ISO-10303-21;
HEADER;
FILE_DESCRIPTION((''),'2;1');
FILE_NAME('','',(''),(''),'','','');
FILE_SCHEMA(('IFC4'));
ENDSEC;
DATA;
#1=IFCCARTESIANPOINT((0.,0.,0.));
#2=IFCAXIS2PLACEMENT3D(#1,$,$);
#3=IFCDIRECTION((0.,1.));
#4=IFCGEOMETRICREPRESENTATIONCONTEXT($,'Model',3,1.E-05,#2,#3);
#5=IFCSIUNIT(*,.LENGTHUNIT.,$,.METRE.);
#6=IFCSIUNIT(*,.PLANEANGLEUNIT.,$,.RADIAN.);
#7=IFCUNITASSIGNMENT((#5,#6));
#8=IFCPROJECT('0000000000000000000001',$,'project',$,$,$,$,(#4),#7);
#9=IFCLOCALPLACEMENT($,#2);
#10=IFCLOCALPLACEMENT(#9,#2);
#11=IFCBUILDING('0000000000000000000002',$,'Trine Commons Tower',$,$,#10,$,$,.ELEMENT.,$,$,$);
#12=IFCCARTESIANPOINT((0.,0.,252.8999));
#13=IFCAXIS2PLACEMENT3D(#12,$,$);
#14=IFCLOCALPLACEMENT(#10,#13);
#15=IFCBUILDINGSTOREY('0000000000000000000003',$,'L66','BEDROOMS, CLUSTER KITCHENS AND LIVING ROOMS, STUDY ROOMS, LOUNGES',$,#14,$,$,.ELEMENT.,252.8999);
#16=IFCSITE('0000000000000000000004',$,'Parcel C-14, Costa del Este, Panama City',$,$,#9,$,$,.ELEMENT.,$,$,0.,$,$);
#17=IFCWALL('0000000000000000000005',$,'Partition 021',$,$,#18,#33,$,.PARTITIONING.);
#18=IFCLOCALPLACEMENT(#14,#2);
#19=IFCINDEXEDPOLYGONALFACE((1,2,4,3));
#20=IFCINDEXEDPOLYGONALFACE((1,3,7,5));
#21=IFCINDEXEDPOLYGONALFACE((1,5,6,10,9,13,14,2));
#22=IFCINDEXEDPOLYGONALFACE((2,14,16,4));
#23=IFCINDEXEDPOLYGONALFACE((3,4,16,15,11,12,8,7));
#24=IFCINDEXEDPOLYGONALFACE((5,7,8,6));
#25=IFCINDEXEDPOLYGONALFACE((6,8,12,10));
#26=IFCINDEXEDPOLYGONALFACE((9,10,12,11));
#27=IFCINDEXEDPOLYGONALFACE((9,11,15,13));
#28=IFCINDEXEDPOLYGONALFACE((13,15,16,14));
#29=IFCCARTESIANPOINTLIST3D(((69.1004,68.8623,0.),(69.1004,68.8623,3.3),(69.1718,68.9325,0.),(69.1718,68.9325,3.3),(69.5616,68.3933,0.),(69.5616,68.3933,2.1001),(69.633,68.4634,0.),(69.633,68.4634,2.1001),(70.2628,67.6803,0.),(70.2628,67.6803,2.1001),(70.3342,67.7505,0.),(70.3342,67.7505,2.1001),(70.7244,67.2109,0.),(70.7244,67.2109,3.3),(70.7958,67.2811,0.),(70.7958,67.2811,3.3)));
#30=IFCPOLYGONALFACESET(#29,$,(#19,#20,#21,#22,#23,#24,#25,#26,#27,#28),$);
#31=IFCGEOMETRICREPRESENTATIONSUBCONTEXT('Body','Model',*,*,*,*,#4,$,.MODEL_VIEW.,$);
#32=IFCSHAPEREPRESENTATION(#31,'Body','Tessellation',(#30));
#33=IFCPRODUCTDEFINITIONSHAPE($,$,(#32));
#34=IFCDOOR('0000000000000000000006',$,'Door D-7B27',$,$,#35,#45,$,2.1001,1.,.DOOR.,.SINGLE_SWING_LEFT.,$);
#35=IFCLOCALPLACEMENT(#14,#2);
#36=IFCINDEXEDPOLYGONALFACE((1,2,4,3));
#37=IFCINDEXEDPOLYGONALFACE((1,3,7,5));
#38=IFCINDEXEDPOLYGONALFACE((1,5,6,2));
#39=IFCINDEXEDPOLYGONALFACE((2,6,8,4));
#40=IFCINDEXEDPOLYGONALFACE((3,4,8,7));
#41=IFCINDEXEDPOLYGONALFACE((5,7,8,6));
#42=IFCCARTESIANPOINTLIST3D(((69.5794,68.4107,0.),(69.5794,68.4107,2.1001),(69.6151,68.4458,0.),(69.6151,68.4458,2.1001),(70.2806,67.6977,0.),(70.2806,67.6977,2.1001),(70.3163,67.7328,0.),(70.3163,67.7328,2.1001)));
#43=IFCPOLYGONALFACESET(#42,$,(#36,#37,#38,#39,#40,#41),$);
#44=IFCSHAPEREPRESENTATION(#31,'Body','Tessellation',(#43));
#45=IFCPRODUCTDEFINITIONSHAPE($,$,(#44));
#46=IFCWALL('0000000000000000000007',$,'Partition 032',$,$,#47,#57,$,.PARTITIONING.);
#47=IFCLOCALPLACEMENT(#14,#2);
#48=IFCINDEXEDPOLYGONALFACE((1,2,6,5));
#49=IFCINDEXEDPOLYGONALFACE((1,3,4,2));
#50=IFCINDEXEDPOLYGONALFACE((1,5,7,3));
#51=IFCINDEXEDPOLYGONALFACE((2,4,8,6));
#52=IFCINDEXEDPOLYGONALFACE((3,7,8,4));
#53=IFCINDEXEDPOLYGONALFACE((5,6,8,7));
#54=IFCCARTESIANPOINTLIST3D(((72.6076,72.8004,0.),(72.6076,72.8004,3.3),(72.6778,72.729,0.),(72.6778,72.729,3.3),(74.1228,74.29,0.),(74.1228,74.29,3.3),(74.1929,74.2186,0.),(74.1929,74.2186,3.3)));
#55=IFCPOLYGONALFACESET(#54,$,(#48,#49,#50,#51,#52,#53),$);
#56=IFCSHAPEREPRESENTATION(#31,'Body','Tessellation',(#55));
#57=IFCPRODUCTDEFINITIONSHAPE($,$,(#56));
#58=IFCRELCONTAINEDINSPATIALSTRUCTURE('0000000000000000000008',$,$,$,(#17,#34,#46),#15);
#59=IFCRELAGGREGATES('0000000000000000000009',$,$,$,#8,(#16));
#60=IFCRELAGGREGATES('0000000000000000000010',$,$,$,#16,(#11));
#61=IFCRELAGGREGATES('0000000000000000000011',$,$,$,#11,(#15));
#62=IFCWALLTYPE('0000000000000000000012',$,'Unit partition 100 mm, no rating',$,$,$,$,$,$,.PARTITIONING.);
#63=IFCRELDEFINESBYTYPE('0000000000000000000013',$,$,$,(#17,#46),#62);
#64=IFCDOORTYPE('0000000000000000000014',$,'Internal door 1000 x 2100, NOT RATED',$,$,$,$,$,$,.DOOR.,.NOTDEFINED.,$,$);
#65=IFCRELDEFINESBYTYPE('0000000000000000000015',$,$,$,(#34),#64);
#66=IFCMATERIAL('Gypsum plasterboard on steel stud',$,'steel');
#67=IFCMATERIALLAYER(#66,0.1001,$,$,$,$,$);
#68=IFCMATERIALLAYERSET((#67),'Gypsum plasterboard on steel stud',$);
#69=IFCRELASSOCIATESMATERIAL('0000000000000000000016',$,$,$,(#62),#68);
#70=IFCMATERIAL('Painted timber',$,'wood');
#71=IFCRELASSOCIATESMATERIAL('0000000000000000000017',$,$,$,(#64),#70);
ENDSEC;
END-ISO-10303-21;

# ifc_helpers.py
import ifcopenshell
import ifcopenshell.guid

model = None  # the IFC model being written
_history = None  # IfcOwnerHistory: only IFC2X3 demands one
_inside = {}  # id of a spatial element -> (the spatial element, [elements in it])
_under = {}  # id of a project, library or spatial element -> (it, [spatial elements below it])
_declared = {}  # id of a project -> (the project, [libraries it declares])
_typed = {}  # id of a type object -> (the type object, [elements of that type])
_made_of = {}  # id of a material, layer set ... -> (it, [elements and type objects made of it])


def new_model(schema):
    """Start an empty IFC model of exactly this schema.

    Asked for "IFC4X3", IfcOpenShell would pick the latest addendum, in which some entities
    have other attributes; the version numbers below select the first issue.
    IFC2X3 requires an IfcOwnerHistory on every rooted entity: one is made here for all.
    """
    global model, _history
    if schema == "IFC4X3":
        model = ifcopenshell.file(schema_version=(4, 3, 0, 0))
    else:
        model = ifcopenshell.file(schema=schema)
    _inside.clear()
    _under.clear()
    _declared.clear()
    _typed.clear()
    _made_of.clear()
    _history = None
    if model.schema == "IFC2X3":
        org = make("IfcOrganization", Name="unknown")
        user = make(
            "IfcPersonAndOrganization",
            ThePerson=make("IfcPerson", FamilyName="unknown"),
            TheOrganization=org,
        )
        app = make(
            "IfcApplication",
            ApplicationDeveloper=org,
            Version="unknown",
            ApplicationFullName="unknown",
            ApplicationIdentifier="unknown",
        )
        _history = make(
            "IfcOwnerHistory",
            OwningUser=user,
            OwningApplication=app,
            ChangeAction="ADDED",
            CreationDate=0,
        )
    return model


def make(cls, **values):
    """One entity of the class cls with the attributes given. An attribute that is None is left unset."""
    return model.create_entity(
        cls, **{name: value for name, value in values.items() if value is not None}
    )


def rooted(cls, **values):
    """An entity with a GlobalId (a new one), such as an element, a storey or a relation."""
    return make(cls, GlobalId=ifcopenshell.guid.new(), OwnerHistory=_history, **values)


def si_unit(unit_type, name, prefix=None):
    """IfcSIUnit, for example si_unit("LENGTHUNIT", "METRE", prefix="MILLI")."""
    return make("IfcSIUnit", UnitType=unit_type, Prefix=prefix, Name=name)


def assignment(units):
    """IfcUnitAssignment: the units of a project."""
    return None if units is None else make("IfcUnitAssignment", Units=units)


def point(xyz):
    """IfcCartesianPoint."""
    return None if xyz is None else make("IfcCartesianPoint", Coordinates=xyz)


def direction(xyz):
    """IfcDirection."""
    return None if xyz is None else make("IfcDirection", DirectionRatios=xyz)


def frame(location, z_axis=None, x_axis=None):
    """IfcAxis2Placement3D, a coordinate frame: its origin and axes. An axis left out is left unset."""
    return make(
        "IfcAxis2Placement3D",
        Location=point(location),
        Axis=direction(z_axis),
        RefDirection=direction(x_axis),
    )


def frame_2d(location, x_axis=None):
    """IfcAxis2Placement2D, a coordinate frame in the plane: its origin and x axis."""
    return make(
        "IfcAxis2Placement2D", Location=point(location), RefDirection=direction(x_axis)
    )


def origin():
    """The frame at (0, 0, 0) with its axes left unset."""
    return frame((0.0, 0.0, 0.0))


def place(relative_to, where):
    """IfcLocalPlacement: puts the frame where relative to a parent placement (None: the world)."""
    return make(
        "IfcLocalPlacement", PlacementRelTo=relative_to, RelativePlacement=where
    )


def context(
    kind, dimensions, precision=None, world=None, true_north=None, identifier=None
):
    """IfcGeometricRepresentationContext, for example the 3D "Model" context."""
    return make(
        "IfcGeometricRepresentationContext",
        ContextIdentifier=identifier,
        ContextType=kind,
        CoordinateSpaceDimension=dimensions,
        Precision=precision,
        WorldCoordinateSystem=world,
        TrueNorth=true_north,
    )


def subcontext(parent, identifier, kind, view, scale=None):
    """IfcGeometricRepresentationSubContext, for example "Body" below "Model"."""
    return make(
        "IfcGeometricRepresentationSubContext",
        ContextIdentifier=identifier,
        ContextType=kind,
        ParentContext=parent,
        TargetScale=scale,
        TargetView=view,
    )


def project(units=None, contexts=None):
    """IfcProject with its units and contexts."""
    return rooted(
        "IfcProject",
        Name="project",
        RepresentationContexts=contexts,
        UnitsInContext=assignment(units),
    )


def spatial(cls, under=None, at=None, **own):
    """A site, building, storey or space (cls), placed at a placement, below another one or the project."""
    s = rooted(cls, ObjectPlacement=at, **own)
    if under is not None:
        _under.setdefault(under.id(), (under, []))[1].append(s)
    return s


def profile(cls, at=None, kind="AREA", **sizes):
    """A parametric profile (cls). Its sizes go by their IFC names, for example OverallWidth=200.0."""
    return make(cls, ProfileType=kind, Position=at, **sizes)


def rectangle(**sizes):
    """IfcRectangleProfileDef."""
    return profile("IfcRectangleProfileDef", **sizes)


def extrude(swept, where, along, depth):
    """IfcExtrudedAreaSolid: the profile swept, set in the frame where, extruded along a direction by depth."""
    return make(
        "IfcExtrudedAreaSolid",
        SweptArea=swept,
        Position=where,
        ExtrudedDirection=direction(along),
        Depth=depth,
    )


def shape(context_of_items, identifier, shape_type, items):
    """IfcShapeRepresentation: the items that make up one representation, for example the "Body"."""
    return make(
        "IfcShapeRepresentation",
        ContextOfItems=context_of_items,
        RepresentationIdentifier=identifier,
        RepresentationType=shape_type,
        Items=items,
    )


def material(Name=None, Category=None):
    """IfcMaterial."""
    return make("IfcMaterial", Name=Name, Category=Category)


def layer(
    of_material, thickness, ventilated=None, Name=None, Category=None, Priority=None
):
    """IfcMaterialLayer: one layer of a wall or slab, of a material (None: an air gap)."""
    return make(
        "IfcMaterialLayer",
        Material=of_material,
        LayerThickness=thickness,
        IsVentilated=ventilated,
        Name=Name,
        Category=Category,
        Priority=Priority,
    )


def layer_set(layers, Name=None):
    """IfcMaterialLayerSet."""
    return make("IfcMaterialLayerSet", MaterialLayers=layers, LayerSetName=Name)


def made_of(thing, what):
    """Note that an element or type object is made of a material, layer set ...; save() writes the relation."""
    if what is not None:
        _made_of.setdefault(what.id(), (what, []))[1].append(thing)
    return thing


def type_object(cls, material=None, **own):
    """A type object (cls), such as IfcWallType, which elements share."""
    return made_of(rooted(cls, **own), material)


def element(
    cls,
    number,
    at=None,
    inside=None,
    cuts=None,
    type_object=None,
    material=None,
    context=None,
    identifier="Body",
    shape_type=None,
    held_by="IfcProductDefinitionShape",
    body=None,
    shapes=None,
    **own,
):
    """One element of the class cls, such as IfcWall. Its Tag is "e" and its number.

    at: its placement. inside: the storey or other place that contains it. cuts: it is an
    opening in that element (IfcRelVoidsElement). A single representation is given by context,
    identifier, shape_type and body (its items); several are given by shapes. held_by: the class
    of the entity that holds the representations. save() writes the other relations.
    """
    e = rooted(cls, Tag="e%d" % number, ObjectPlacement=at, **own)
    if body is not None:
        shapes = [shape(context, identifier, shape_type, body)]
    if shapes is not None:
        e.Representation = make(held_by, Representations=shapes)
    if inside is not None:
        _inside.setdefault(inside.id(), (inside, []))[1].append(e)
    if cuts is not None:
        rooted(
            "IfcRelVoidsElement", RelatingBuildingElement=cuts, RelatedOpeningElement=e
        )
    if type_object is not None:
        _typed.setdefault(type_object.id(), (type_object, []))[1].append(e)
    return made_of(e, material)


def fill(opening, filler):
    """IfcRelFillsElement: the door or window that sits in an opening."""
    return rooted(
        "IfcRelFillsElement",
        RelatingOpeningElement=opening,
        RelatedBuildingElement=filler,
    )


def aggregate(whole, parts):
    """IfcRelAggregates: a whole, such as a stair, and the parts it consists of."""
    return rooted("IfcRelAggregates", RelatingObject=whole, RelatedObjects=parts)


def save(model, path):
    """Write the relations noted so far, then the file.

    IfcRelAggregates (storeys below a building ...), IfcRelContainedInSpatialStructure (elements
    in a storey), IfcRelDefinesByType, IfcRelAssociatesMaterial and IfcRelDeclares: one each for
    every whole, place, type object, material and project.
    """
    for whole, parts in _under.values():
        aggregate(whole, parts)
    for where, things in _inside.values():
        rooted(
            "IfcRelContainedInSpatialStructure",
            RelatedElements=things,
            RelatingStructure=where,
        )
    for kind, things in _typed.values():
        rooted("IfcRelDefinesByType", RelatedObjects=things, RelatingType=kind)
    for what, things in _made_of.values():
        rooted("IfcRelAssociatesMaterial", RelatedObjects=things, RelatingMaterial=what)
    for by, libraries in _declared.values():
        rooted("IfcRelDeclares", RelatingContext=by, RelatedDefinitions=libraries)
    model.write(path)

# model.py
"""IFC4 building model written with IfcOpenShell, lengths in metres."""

from ifc_helpers import new_model, si_unit, direction, frame, frame_2d, origin, place, context, subcontext, project, spatial, rectangle, extrude, material, layer, layer_set, type_object, element, fill, save


model = new_model("IFC4")

# Units and contexts
model_context = context("Model", 3, precision=1e-05, world=origin(), true_north=direction((0.0, 1.0)))
body_context = subcontext(model_context, "Body", "Model", "MODEL_VIEW")
ifc_project = project(units=[si_unit("LENGTHUNIT", "METRE"), si_unit("PLANEANGLEUNIT", "RADIAN")], contexts=[model_context])

# Site, building, storey
site_placement = place(None, origin())
site = spatial("IfcSite", under=ifc_project, at=site_placement, Name="Parcel C-14, Costa del Este, Panama City", CompositionType="ELEMENT", RefElevation=0.0)
building_placement = place(site_placement, origin())
building = spatial("IfcBuilding", under=site, at=building_placement, Name="Trine Commons Tower", CompositionType="ELEMENT")
storey_placement = place(building_placement, frame((0.0, 0.0, 252.8999)))
storey = spatial("IfcBuildingStorey", under=building, at=storey_placement, Name="L66", Description="BEDROOMS, CLUSTER KITCHENS AND LIVING ROOMS, STUDY ROOMS, LOUNGES", CompositionType="ELEMENT", Elevation=252.8999)

# Shared definitions
ifc_material_1 = material(Name="Gypsum plasterboard on steel stud", Category="steel")

# Wall, opening, door
ifc_material_2 = material(Name="Painted timber", Category="wood")
ifc_layer_1 = layer(ifc_material_1, 0.1001)
ifc_layer_set_1 = layer_set([ifc_layer_1], Name="Gypsum plasterboard on steel stud")
wall_type_1 = type_object("IfcWallType", Name="Unit partition 100 mm, no rating", PredefinedType="PARTITIONING", material=ifc_layer_set_1)
wall_1_placement = place(storey_placement, frame((69.136, 68.8975, 0.0), z_axis=(0.0, 0.0, 1.0), x_axis=(0.701179, -0.712985, 0.0)))
wall_1 = element("IfcWall", 1, at=wall_1_placement, inside=storey, type_object=wall_type_1, Name="Partition 021", PredefinedType="PARTITIONING", context=body_context, shape_type="SweptSolid", body=[
    extrude(rectangle(XDim=2.3162, YDim=0.1001, at=frame_2d((1.1582, 0.0))), origin(), (0.0, 0.0, 1.0), 3.3),
])
opening_1_placement = place(wall_1_placement, frame((0.658, 0.0, 0.0)))
opening_1 = element("IfcOpeningElement", 2, at=opening_1_placement, cuts=wall_1, PredefinedType="OPENING", context=body_context, shape_type="SweptSolid", body=[
    extrude(rectangle(XDim=1.0, YDim=2.1001, at=frame_2d((0.5, 1.05))), frame((0.0, 0.0601, 0.0), z_axis=(0.0, -1.0, 0.0), x_axis=(1.0, 0.0, 0.0)), (0.0, 0.0, 1.0), 0.1201),
])
door_type_1 = type_object("IfcDoorType", Name="Internal door 1000 x 2100, NOT RATED", OperationType="NOTDEFINED", PredefinedType="DOOR", material=ifc_material_2)
door_1_placement = place(opening_1_placement, origin())
door_1 = element("IfcDoor", 3, at=door_1_placement, inside=storey, type_object=door_type_1, Name="Door D-7B27", OperationType="SINGLE_SWING_LEFT", OverallHeight=2.1001, OverallWidth=1.0, PredefinedType="DOOR", context=body_context, shape_type="SweptSolid", body=[
    extrude(rectangle(XDim=1.0, YDim=2.1001, at=frame_2d((0.5, 1.05))), frame((0.0, 0.0249, 0.0), z_axis=(0.0, -1.0, 0.0), x_axis=(1.0, 0.0, 0.0)), (0.0, 0.0, 1.0), 0.05),
])
fill(opening_1, door_1)

# Wall
wall_2_placement = place(storey_placement, frame((72.6426, 72.7646, 0.0), z_axis=(0.0, 0.0, 1.0), x_axis=(0.713114, 0.701048, 0.0)))
element("IfcWall", 4, at=wall_2_placement, inside=storey, type_object=wall_type_1, Name="Partition 032", PredefinedType="PARTITIONING", context=body_context, shape_type="SweptSolid", body=[
    extrude(rectangle(XDim=2.1248, YDim=0.1001, at=frame_2d((1.0625, 0.0))), origin(), (0.0, 0.0, 1.0), 3.3),
])

save(model, "model.ifc")
